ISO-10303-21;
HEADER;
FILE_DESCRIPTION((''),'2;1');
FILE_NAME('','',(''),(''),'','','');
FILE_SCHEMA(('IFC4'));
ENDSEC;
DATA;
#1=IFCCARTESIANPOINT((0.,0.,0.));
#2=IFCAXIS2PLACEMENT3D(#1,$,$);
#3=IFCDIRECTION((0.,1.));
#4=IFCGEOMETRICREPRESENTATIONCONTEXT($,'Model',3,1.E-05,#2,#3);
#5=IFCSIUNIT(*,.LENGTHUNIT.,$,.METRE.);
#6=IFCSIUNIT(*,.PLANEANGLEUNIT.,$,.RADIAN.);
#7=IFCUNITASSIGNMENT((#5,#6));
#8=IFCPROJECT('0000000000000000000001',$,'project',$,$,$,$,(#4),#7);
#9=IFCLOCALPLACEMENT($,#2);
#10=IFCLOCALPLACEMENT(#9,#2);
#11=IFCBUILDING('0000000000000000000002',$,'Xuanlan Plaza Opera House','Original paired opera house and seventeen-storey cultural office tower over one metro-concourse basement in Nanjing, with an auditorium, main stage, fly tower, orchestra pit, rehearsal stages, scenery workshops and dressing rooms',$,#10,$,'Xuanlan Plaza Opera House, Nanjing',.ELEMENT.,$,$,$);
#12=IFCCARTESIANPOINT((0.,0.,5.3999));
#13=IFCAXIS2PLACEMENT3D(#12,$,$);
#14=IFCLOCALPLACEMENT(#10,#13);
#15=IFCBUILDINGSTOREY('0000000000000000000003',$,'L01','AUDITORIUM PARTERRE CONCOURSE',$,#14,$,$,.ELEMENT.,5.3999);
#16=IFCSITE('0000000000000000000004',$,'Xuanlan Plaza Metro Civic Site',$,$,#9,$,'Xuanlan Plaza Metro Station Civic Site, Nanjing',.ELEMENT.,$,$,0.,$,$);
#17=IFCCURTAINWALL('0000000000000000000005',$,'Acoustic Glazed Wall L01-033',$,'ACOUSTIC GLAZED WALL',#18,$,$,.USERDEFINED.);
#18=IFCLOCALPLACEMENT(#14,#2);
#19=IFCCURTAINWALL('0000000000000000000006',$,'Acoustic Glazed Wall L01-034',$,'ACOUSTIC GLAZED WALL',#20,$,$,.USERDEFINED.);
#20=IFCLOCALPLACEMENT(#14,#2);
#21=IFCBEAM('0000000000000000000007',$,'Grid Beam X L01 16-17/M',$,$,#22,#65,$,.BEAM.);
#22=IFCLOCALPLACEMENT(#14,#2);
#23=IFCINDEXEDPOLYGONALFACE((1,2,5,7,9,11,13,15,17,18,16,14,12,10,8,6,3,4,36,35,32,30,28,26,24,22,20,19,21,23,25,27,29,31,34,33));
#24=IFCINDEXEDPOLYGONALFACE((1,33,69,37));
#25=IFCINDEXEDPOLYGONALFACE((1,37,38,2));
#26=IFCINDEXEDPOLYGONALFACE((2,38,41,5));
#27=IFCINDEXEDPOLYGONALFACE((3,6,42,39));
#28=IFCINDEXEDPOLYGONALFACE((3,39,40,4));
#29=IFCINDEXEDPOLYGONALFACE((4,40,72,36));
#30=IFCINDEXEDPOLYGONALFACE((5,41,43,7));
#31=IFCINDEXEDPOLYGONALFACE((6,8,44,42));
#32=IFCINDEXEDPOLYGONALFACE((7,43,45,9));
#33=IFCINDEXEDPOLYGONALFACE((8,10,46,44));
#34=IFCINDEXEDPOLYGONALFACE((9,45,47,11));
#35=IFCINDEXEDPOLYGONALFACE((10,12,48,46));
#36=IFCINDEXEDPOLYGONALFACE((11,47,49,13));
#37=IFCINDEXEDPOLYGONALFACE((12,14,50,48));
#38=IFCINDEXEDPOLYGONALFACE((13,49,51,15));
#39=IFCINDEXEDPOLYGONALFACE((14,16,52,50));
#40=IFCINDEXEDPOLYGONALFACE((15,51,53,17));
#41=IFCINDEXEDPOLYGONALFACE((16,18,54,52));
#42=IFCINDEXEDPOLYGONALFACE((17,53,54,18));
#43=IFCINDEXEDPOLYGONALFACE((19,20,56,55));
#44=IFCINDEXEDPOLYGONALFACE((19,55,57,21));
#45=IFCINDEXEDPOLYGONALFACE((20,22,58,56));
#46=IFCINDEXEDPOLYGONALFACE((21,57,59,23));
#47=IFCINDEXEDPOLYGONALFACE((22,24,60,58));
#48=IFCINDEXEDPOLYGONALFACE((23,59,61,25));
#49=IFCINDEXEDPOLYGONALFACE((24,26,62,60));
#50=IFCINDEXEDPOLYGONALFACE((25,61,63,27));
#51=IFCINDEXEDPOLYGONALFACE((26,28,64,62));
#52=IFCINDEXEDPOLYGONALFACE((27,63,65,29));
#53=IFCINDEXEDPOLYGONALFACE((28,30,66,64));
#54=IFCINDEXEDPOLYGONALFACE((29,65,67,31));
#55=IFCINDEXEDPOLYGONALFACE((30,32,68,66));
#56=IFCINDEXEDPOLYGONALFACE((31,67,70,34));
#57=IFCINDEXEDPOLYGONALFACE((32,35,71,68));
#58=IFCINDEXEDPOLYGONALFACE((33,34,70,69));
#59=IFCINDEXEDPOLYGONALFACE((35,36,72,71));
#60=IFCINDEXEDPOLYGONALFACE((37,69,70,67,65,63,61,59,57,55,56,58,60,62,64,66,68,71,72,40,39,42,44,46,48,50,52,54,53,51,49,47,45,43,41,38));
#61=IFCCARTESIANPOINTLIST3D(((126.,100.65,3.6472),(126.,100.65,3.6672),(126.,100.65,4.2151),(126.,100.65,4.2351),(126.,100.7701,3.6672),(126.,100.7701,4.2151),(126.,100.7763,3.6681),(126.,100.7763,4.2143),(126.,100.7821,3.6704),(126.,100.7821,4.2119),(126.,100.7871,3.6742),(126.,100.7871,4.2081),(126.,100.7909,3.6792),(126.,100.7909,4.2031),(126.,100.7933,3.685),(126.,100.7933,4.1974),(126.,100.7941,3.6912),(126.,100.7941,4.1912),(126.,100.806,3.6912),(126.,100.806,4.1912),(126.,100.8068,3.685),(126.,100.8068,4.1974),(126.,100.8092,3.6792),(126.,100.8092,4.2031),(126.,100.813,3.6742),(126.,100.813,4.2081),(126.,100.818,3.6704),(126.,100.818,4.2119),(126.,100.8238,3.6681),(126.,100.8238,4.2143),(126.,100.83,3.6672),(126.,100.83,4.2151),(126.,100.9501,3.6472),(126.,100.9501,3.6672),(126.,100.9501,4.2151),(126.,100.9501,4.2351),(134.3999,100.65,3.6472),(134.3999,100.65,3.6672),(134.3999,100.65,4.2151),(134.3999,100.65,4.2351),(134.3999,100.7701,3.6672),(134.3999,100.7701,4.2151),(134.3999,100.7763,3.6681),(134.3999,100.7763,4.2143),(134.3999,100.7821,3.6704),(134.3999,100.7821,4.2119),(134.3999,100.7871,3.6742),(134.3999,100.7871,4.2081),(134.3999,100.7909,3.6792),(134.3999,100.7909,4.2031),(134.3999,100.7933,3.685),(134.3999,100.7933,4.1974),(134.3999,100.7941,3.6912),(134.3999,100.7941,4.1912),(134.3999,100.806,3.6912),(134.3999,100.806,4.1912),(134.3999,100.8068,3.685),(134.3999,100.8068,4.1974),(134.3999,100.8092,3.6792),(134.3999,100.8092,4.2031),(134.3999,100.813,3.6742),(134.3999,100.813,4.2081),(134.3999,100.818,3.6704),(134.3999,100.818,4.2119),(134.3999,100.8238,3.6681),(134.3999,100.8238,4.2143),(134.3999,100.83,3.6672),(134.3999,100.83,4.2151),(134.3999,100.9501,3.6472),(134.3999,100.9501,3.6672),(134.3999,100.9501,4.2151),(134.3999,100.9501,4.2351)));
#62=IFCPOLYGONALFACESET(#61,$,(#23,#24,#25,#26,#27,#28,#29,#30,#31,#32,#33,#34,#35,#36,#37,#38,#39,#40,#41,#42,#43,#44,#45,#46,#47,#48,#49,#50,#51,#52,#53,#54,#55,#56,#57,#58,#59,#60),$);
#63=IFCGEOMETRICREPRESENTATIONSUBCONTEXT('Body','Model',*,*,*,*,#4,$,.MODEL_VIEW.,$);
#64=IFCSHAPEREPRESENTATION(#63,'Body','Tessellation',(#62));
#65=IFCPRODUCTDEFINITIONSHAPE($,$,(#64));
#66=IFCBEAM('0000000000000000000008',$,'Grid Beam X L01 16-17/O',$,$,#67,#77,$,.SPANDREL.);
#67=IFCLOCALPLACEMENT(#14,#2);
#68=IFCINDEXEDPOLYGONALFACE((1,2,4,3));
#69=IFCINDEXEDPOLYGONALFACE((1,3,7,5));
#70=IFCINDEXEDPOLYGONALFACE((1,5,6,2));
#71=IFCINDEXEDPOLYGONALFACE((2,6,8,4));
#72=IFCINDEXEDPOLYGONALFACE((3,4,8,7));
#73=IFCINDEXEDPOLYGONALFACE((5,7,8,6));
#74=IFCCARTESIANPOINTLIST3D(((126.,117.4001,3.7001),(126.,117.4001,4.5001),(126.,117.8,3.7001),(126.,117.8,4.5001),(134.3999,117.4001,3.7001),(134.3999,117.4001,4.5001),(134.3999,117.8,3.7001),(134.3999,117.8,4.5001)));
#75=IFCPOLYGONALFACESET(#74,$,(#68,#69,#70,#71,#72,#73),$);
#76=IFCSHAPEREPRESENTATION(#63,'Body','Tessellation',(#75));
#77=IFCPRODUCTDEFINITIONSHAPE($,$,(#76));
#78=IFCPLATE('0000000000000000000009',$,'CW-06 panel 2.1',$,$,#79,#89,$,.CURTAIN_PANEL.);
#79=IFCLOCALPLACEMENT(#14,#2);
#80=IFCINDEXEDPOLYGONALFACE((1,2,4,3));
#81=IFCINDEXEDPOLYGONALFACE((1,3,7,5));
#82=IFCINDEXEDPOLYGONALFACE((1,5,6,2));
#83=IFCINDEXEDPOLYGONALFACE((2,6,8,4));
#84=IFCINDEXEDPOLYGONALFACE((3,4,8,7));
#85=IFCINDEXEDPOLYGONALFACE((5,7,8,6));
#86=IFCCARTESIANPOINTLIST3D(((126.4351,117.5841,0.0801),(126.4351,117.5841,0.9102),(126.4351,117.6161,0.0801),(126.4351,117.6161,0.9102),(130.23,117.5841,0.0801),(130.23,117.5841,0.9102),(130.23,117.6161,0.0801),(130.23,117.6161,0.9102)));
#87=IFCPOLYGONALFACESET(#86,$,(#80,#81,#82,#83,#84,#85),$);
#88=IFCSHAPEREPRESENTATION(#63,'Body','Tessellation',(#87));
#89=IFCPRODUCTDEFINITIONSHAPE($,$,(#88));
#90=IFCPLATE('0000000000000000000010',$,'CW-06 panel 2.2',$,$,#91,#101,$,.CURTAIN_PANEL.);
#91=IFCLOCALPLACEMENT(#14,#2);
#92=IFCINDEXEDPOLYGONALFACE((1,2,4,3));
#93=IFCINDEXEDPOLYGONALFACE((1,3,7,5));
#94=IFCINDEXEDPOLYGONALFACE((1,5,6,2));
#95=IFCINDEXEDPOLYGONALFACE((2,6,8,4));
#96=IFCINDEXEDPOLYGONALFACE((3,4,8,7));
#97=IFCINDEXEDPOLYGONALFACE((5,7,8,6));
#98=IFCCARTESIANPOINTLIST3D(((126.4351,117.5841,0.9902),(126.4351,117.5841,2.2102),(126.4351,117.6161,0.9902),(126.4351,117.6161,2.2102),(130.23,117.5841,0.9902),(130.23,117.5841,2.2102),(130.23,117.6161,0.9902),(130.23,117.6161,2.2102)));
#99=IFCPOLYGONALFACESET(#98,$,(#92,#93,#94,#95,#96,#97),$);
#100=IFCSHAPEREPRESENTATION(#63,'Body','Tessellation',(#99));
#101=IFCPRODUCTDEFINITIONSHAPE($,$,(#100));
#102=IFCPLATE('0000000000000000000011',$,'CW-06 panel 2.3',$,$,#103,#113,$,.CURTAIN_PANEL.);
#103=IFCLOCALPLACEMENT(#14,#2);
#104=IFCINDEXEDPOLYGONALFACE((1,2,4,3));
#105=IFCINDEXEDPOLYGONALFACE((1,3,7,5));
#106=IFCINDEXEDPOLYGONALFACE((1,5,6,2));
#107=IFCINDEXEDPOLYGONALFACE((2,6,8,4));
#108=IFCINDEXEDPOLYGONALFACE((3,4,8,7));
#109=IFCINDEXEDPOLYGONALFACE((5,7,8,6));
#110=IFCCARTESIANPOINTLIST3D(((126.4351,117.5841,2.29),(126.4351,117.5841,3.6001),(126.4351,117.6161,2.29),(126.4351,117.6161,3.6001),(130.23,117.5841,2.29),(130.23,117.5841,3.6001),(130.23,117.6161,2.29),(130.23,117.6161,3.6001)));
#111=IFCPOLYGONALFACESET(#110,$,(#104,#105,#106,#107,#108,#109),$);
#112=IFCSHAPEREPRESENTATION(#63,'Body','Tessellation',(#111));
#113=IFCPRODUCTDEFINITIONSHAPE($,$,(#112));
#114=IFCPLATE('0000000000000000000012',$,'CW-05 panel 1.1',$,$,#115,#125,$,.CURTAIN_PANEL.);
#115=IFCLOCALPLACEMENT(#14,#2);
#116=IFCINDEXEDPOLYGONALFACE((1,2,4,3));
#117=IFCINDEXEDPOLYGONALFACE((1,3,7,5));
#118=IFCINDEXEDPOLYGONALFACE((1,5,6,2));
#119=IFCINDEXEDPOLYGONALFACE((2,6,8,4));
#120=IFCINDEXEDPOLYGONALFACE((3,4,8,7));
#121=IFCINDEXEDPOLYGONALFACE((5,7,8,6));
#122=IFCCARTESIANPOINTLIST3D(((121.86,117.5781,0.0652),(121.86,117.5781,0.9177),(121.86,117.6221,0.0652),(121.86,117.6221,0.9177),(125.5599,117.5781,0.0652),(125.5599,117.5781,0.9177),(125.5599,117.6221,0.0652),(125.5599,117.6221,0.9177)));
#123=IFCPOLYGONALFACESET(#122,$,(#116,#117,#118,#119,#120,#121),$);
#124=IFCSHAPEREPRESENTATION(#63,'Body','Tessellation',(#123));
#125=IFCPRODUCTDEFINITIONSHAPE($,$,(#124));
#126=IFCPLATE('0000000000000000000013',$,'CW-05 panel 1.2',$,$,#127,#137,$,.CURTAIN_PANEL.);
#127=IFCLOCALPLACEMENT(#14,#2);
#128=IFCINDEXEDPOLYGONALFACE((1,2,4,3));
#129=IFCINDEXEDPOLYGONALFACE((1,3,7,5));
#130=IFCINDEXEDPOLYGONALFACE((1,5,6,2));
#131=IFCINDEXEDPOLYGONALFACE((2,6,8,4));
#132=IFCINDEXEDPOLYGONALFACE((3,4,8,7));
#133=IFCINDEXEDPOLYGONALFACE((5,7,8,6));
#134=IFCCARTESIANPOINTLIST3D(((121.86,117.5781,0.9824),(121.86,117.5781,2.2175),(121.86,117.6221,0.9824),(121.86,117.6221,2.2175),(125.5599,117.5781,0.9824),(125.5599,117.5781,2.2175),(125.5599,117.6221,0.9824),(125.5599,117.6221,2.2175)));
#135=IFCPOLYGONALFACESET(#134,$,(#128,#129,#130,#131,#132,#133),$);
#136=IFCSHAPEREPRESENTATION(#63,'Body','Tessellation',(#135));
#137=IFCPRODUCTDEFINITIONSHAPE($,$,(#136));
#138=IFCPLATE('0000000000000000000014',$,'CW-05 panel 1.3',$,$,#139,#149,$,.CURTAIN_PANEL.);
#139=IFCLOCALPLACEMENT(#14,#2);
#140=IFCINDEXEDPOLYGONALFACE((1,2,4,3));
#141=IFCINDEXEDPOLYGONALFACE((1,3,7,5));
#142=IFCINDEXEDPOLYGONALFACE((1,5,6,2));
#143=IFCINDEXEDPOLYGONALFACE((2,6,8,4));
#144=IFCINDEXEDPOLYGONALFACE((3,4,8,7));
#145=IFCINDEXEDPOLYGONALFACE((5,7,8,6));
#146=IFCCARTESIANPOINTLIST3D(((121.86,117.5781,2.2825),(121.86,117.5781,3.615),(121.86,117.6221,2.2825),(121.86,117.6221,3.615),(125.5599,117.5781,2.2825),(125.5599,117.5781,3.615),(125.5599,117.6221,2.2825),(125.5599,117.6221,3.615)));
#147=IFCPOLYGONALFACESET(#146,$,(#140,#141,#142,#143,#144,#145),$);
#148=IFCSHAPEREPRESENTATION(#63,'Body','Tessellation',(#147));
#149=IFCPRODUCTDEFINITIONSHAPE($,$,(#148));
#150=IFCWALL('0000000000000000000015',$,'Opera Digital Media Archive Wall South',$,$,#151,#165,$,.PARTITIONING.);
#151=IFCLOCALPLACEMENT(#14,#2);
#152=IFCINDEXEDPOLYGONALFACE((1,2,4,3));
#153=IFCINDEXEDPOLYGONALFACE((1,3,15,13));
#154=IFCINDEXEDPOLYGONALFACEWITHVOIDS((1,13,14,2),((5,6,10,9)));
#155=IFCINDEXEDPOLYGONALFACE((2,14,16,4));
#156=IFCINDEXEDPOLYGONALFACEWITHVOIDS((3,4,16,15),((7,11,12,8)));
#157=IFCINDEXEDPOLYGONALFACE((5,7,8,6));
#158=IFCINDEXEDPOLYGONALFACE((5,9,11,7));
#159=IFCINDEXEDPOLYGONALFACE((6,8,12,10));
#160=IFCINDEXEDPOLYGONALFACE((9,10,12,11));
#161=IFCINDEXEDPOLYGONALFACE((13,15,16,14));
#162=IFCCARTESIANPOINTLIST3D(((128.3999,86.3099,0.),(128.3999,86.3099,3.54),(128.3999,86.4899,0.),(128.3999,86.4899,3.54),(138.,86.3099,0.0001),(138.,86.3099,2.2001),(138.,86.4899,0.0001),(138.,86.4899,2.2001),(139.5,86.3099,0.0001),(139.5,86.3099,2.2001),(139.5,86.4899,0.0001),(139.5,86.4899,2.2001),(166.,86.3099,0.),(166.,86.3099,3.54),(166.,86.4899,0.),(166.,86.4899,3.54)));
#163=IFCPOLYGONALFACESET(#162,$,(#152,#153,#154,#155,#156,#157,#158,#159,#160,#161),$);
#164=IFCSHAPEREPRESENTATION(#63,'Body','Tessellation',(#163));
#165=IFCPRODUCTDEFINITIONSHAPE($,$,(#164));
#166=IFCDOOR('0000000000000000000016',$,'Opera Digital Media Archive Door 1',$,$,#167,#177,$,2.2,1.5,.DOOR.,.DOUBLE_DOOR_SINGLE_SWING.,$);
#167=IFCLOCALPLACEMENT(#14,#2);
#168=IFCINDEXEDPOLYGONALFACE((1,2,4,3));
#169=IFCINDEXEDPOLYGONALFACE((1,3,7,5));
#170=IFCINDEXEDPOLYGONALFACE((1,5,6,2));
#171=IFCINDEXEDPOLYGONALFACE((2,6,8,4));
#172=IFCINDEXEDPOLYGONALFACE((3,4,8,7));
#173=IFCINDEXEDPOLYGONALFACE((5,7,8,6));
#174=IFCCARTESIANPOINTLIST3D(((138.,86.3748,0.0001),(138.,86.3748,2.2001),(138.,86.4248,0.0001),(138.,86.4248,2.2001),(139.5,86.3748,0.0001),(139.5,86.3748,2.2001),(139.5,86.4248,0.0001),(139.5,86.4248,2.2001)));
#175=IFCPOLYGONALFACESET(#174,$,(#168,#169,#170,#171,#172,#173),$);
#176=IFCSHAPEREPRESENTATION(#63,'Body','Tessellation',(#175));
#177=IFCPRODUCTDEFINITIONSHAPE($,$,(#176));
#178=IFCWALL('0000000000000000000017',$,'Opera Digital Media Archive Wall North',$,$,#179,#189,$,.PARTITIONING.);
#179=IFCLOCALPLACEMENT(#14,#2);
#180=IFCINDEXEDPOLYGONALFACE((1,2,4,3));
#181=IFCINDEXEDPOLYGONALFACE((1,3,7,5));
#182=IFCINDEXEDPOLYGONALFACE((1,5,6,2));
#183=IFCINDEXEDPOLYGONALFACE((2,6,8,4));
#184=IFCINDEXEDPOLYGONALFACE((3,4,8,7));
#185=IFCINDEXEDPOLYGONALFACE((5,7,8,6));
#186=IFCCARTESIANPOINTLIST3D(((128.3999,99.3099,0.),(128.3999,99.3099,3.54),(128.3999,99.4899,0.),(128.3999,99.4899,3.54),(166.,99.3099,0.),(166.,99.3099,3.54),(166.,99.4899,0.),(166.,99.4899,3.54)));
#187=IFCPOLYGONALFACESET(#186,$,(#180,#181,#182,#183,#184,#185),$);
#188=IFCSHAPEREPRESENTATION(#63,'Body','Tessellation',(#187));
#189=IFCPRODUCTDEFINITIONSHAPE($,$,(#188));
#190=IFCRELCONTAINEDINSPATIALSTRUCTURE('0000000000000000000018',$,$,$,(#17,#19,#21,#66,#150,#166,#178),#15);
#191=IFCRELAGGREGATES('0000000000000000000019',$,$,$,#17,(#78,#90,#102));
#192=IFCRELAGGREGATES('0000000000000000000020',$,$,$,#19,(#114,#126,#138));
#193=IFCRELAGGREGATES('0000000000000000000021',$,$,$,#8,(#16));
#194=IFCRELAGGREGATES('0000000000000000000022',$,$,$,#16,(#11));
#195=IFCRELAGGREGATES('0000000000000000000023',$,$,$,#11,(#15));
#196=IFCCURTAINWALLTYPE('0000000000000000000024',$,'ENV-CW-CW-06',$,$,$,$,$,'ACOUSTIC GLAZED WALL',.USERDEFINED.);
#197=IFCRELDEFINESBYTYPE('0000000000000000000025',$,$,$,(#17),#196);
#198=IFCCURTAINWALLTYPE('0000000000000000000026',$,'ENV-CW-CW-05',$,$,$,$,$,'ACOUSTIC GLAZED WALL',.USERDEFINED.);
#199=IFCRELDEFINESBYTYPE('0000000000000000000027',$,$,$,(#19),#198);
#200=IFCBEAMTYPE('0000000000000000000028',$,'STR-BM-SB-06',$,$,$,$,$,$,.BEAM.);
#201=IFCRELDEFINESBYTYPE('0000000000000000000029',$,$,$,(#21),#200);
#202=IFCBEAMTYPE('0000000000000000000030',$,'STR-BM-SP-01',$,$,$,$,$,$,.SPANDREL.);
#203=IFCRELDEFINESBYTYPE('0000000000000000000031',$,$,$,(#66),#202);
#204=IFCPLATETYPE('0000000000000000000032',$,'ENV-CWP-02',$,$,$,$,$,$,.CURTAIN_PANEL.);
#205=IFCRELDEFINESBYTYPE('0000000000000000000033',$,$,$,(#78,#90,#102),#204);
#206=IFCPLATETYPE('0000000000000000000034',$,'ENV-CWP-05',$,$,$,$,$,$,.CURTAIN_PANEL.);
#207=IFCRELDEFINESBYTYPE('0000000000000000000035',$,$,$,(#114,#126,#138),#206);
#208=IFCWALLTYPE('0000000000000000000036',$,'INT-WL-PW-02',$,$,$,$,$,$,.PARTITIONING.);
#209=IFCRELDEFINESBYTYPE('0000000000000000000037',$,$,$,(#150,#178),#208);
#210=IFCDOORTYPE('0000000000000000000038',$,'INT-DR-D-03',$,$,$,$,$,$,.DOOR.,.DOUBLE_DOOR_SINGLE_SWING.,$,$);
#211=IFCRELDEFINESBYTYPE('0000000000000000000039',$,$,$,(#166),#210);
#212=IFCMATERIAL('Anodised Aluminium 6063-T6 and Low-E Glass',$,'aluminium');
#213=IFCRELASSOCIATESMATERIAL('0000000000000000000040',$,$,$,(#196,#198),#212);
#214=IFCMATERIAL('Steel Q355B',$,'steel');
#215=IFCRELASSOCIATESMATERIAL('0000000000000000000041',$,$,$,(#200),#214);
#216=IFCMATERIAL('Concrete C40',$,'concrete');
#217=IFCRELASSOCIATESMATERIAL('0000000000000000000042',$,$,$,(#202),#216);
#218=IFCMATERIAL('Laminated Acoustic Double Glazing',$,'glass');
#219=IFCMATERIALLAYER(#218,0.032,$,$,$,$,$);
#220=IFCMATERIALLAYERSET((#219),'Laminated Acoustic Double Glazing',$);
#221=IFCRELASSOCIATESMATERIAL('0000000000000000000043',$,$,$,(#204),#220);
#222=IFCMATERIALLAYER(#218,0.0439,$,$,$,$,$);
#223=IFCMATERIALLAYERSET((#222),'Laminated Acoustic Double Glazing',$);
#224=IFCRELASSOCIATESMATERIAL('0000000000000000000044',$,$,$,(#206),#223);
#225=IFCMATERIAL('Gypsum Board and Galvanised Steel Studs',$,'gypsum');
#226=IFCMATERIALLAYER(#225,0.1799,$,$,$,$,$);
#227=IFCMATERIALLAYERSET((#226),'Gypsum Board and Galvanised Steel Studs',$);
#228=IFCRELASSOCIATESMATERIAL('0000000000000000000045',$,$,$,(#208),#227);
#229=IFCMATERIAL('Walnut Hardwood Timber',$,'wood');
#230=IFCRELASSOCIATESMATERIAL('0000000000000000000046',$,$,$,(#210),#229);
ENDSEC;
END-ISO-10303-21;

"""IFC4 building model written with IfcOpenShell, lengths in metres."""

from ifc_helpers import new_model, si_unit, direction, frame, frame_2d, origin, origin_2d, place, context, subcontext, project, spatial, rectangle, i_section, extrude, material, layer, layer_set, material_profile, profile_set, type_object, element, fill, aggregate, save


model = new_model("IFC4")

# Units and contexts
model_context = context("Model", 3, precision=1e-05, world=origin(), true_north=direction((0.0, 1.0)))
body_context = subcontext(model_context, "Body", "Model", "MODEL_VIEW")
ifc_project = project(units=[si_unit("LENGTHUNIT", "METRE"), si_unit("PLANEANGLEUNIT", "RADIAN")], contexts=[model_context])

# Site, building, storey
site_placement = place(None, origin())
site = spatial("IfcSite", under=ifc_project, at=site_placement, Name="Xuanlan Plaza Metro Civic Site", LongName="Xuanlan Plaza Metro Station Civic Site, Nanjing", CompositionType="ELEMENT", RefElevation=0.0)
building_placement = place(site_placement, origin())
building = spatial("IfcBuilding", under=site, at=building_placement, Name="Xuanlan Plaza Opera House", Description="Original paired opera house and seventeen-storey cultural office tower over one metro-concourse basement in Nanjing, with an auditorium, main stage, fly tower, orchestra pit, rehearsal stages, scenery workshops and dressing rooms", LongName="Xuanlan Plaza Opera House, Nanjing", CompositionType="ELEMENT")
storey_placement = place(building_placement, frame((0.0, 0.0, 5.3999)))
storey = spatial("IfcBuildingStorey", under=building, at=storey_placement, Name="L01", Description="AUDITORIUM PARTERRE CONCOURSE", CompositionType="ELEMENT", Elevation=5.3999)

# Shared definitions
ifc_material_1 = material(Name="Concrete C40", Category="concrete")

# Curtain wall
ifc_material_2 = material(Name="Anodised Aluminium 6063-T6 and Low-E Glass", Category="aluminium")
curtain_wall_type_1 = type_object("IfcCurtainWallType", Name="ENV-CW-CW-06", ElementType="ACOUSTIC GLAZED WALL", PredefinedType="USERDEFINED", material=ifc_material_2)
curtain_wall_1_placement = place(storey_placement, origin())
curtain_wall_1 = element("IfcCurtainWall", 1, at=curtain_wall_1_placement, inside=storey, type_object=curtain_wall_type_1, Name="Acoustic Glazed Wall L01-033", ObjectType="ACOUSTIC GLAZED WALL", PredefinedType="USERDEFINED")

# Curtain wall
curtain_wall_type_2 = type_object("IfcCurtainWallType", Name="ENV-CW-CW-05", ElementType="ACOUSTIC GLAZED WALL", PredefinedType="USERDEFINED", material=ifc_material_2)
curtain_wall_2_placement = place(storey_placement, origin())
curtain_wall_2 = element("IfcCurtainWall", 2, at=curtain_wall_2_placement, inside=storey, type_object=curtain_wall_type_2, Name="Acoustic Glazed Wall L01-034", ObjectType="ACOUSTIC GLAZED WALL", PredefinedType="USERDEFINED")

# Beams
ifc_material_3 = material(Name="Steel Q355B", Category="steel")
ifc_material_profile_1 = material_profile(ifc_material_3, i_section(OverallWidth=0.3, OverallDepth=0.5879, WebThickness=0.012, FlangeThickness=0.02, FilletRadius=0.0239, at=origin_2d()), Name="HM 588x300x12x20")
ifc_profile_set_1 = profile_set([ifc_material_profile_1], Name="Steel Q355B")
beam_type_1 = type_object("IfcBeamType", Name="STR-BM-SB-06", PredefinedType="BEAM", material=ifc_profile_set_1)
beam_1_placement = place(storey_placement, frame((126.0, 100.8, 3.9412), z_axis=(1.0, 0.0, 0.0), x_axis=(0.0, 1.0, 0.0)))
element("IfcBeam", 3, at=beam_1_placement, inside=storey, type_object=beam_type_1, Name="Grid Beam X L01 16-17/M", PredefinedType="BEAM", context=body_context, shape_type="SweptSolid", body=[
    extrude(i_section(OverallWidth=0.3, OverallDepth=0.5879, WebThickness=0.012, FlangeThickness=0.02, FilletRadius=0.0239, at=origin_2d()), origin(), (0.0, 0.0, 1.0), 8.3999),
])
ifc_material_profile_2 = material_profile(ifc_material_1, rectangle(XDim=0.3999, YDim=0.8, at=origin_2d()), Name="RC-SPD 400x800")
ifc_profile_set_2 = profile_set([ifc_material_profile_2], Name="Concrete C40")
beam_type_2 = type_object("IfcBeamType", Name="STR-BM-SP-01", PredefinedType="SPANDREL", material=ifc_profile_set_2)
beam_2_placement = place(storey_placement, frame((126.0, 117.6001, 4.1001), z_axis=(1.0, 0.0, 0.0), x_axis=(0.0, 1.0, 0.0)))
element("IfcBeam", 4, at=beam_2_placement, inside=storey, type_object=beam_type_2, Name="Grid Beam X L01 16-17/O", PredefinedType="SPANDREL", context=body_context, shape_type="SweptSolid", body=[
    extrude(rectangle(XDim=0.3999, YDim=0.8, at=origin_2d()), origin(), (0.0, 0.0, 1.0), 8.3999),
])

# Plates
ifc_material_4 = material(Name="Laminated Acoustic Double Glazing", Category="glass")
ifc_layer_1 = layer(ifc_material_4, 0.032)
ifc_layer_set_1 = layer_set([ifc_layer_1], Name="Laminated Acoustic Double Glazing")
plate_type_1 = type_object("IfcPlateType", Name="ENV-CWP-02", PredefinedType="CURTAIN_PANEL", material=ifc_layer_set_1)
plate_1_placement = place(storey_placement, frame((128.3325, 117.6001, 0.0801), z_axis=(0.0, 0.0, 1.0), x_axis=(-1.0, 0.0, 0.0)))
plate_1 = element("IfcPlate", 5, at=plate_1_placement, type_object=plate_type_1, Name="CW-06 panel 2.1", PredefinedType="CURTAIN_PANEL", context=body_context, shape_type="SweptSolid", body=[
    extrude(rectangle(XDim=3.7949, YDim=0.032, at=origin_2d()), origin(), (0.0, 0.0, 1.0), 0.8301),
])
plate_2_placement = place(storey_placement, frame((128.3325, 117.6001, 0.9902), z_axis=(0.0, 0.0, 1.0), x_axis=(-1.0, 0.0, 0.0)))
plate_2 = element("IfcPlate", 6, at=plate_2_placement, type_object=plate_type_1, Name="CW-06 panel 2.2", PredefinedType="CURTAIN_PANEL", context=body_context, shape_type="SweptSolid", body=[
    extrude(rectangle(XDim=3.7949, YDim=0.032, at=origin_2d()), origin(), (0.0, 0.0, 1.0), 1.22),
])
plate_3_placement = place(storey_placement, frame((128.3325, 117.6001, 2.29), z_axis=(0.0, 0.0, 1.0), x_axis=(-1.0, 0.0, 0.0)))
plate_3 = element("IfcPlate", 7, at=plate_3_placement, type_object=plate_type_1, Name="CW-06 panel 2.3", PredefinedType="CURTAIN_PANEL", context=body_context, shape_type="SweptSolid", body=[
    extrude(rectangle(XDim=3.7949, YDim=0.032, at=origin_2d()), origin(), (0.0, 0.0, 1.0), 1.3101),
])
aggregate(curtain_wall_1, [plate_1, plate_2, plate_3])
ifc_layer_2 = layer(ifc_material_4, 0.0439)
ifc_layer_set_2 = layer_set([ifc_layer_2], Name="Laminated Acoustic Double Glazing")
plate_type_2 = type_object("IfcPlateType", Name="ENV-CWP-05", PredefinedType="CURTAIN_PANEL", material=ifc_layer_set_2)
plate_4_placement = place(storey_placement, frame((123.71, 117.6001, 0.0652), z_axis=(0.0, 0.0, 1.0), x_axis=(-1.0, 0.0, 0.0)))
plate_4 = element("IfcPlate", 8, at=plate_4_placement, type_object=plate_type_2, Name="CW-05 panel 1.1", PredefinedType="CURTAIN_PANEL", context=body_context, shape_type="SweptSolid", body=[
    extrude(rectangle(XDim=3.7, YDim=0.0439, at=origin_2d()), origin(), (0.0, 0.0, 1.0), 0.8525),
])
plate_5_placement = place(storey_placement, frame((123.71, 117.6001, 0.9824), z_axis=(0.0, 0.0, 1.0), x_axis=(-1.0, 0.0, 0.0)))
plate_5 = element("IfcPlate", 9, at=plate_5_placement, type_object=plate_type_2, Name="CW-05 panel 1.2", PredefinedType="CURTAIN_PANEL", context=body_context, shape_type="SweptSolid", body=[
    extrude(rectangle(XDim=3.7, YDim=0.0439, at=origin_2d()), origin(), (0.0, 0.0, 1.0), 1.2351),
])
plate_6_placement = place(storey_placement, frame((123.71, 117.6001, 2.2825), z_axis=(0.0, 0.0, 1.0), x_axis=(-1.0, 0.0, 0.0)))
plate_6 = element("IfcPlate", 10, at=plate_6_placement, type_object=plate_type_2, Name="CW-05 panel 1.3", PredefinedType="CURTAIN_PANEL", context=body_context, shape_type="SweptSolid", body=[
    extrude(rectangle(XDim=3.7, YDim=0.0439, at=origin_2d()), origin(), (0.0, 0.0, 1.0), 1.3325),
])
aggregate(curtain_wall_2, [plate_4, plate_5, plate_6])

# Wall, opening, door
ifc_material_5 = material(Name="Gypsum Board and Galvanised Steel Studs", Category="gypsum")
ifc_layer_3 = layer(ifc_material_5, 0.1799)
ifc_layer_set_3 = layer_set([ifc_layer_3], Name="Gypsum Board and Galvanised Steel Studs")
wall_type = type_object("IfcWallType", Name="INT-WL-PW-02", PredefinedType="PARTITIONING", material=ifc_layer_set_3)
wall_1_placement = place(storey_placement, frame((128.3999, 86.3999, 0.0), z_axis=(0.0, 0.0, 1.0), x_axis=(1.0, 0.0, 0.0)))
wall_1 = element("IfcWall", 11, at=wall_1_placement, inside=storey, type_object=wall_type, Name="Opera Digital Media Archive Wall South", PredefinedType="PARTITIONING", context=body_context, shape_type="SweptSolid", body=[
    extrude(rectangle(XDim=37.6001, YDim=0.1799, at=frame_2d((18.8, 0.0))), origin(), (0.0, 0.0, 1.0), 3.54),
])
opening_placement = place(wall_1_placement, frame((9.6001, 0.0, 0.0)))
opening = element("IfcOpeningElement", 12, at=opening_placement, cuts=wall_1, PredefinedType="OPENING", context=body_context, shape_type="SweptSolid", body=[
    extrude(rectangle(XDim=1.5, YDim=2.2, at=frame_2d((0.75, 1.1001))), frame((0.0, 0.0999, 0.0), z_axis=(0.0, -1.0, 0.0), x_axis=(1.0, 0.0, 0.0)), (0.0, 0.0, 1.0), 0.2),
])
ifc_material_6 = material(Name="Walnut Hardwood Timber", Category="wood")
door_type = type_object("IfcDoorType", Name="INT-DR-D-03", OperationType="DOUBLE_DOOR_SINGLE_SWING", PredefinedType="DOOR", material=ifc_material_6)
door_placement = place(opening_placement, origin())
door = element("IfcDoor", 13, at=door_placement, inside=storey, type_object=door_type, Name="Opera Digital Media Archive Door 1", OperationType="DOUBLE_DOOR_SINGLE_SWING", OverallHeight=2.2, OverallWidth=1.5, PredefinedType="DOOR", context=body_context, shape_type="SweptSolid", body=[
    extrude(rectangle(XDim=1.5, YDim=2.2, at=frame_2d((0.75, 1.1001))), frame((0.0, 0.0249, 0.0), z_axis=(0.0, -1.0, 0.0), x_axis=(1.0, 0.0, 0.0)), (0.0, 0.0, 1.0), 0.05),
])
fill(opening, door)

# Wall
wall_2_placement = place(storey_placement, frame((128.3999, 99.3999, 0.0), z_axis=(0.0, 0.0, 1.0), x_axis=(1.0, 0.0, 0.0)))
element("IfcWall", 14, at=wall_2_placement, inside=storey, type_object=wall_type, Name="Opera Digital Media Archive Wall North", PredefinedType="PARTITIONING", context=body_context, shape_type="SweptSolid", body=[
    extrude(rectangle(XDim=37.6001, YDim=0.1799, at=frame_2d((18.8, 0.0))), origin(), (0.0, 0.0, 1.0), 3.54),
])

save(model, "model.ifc")
